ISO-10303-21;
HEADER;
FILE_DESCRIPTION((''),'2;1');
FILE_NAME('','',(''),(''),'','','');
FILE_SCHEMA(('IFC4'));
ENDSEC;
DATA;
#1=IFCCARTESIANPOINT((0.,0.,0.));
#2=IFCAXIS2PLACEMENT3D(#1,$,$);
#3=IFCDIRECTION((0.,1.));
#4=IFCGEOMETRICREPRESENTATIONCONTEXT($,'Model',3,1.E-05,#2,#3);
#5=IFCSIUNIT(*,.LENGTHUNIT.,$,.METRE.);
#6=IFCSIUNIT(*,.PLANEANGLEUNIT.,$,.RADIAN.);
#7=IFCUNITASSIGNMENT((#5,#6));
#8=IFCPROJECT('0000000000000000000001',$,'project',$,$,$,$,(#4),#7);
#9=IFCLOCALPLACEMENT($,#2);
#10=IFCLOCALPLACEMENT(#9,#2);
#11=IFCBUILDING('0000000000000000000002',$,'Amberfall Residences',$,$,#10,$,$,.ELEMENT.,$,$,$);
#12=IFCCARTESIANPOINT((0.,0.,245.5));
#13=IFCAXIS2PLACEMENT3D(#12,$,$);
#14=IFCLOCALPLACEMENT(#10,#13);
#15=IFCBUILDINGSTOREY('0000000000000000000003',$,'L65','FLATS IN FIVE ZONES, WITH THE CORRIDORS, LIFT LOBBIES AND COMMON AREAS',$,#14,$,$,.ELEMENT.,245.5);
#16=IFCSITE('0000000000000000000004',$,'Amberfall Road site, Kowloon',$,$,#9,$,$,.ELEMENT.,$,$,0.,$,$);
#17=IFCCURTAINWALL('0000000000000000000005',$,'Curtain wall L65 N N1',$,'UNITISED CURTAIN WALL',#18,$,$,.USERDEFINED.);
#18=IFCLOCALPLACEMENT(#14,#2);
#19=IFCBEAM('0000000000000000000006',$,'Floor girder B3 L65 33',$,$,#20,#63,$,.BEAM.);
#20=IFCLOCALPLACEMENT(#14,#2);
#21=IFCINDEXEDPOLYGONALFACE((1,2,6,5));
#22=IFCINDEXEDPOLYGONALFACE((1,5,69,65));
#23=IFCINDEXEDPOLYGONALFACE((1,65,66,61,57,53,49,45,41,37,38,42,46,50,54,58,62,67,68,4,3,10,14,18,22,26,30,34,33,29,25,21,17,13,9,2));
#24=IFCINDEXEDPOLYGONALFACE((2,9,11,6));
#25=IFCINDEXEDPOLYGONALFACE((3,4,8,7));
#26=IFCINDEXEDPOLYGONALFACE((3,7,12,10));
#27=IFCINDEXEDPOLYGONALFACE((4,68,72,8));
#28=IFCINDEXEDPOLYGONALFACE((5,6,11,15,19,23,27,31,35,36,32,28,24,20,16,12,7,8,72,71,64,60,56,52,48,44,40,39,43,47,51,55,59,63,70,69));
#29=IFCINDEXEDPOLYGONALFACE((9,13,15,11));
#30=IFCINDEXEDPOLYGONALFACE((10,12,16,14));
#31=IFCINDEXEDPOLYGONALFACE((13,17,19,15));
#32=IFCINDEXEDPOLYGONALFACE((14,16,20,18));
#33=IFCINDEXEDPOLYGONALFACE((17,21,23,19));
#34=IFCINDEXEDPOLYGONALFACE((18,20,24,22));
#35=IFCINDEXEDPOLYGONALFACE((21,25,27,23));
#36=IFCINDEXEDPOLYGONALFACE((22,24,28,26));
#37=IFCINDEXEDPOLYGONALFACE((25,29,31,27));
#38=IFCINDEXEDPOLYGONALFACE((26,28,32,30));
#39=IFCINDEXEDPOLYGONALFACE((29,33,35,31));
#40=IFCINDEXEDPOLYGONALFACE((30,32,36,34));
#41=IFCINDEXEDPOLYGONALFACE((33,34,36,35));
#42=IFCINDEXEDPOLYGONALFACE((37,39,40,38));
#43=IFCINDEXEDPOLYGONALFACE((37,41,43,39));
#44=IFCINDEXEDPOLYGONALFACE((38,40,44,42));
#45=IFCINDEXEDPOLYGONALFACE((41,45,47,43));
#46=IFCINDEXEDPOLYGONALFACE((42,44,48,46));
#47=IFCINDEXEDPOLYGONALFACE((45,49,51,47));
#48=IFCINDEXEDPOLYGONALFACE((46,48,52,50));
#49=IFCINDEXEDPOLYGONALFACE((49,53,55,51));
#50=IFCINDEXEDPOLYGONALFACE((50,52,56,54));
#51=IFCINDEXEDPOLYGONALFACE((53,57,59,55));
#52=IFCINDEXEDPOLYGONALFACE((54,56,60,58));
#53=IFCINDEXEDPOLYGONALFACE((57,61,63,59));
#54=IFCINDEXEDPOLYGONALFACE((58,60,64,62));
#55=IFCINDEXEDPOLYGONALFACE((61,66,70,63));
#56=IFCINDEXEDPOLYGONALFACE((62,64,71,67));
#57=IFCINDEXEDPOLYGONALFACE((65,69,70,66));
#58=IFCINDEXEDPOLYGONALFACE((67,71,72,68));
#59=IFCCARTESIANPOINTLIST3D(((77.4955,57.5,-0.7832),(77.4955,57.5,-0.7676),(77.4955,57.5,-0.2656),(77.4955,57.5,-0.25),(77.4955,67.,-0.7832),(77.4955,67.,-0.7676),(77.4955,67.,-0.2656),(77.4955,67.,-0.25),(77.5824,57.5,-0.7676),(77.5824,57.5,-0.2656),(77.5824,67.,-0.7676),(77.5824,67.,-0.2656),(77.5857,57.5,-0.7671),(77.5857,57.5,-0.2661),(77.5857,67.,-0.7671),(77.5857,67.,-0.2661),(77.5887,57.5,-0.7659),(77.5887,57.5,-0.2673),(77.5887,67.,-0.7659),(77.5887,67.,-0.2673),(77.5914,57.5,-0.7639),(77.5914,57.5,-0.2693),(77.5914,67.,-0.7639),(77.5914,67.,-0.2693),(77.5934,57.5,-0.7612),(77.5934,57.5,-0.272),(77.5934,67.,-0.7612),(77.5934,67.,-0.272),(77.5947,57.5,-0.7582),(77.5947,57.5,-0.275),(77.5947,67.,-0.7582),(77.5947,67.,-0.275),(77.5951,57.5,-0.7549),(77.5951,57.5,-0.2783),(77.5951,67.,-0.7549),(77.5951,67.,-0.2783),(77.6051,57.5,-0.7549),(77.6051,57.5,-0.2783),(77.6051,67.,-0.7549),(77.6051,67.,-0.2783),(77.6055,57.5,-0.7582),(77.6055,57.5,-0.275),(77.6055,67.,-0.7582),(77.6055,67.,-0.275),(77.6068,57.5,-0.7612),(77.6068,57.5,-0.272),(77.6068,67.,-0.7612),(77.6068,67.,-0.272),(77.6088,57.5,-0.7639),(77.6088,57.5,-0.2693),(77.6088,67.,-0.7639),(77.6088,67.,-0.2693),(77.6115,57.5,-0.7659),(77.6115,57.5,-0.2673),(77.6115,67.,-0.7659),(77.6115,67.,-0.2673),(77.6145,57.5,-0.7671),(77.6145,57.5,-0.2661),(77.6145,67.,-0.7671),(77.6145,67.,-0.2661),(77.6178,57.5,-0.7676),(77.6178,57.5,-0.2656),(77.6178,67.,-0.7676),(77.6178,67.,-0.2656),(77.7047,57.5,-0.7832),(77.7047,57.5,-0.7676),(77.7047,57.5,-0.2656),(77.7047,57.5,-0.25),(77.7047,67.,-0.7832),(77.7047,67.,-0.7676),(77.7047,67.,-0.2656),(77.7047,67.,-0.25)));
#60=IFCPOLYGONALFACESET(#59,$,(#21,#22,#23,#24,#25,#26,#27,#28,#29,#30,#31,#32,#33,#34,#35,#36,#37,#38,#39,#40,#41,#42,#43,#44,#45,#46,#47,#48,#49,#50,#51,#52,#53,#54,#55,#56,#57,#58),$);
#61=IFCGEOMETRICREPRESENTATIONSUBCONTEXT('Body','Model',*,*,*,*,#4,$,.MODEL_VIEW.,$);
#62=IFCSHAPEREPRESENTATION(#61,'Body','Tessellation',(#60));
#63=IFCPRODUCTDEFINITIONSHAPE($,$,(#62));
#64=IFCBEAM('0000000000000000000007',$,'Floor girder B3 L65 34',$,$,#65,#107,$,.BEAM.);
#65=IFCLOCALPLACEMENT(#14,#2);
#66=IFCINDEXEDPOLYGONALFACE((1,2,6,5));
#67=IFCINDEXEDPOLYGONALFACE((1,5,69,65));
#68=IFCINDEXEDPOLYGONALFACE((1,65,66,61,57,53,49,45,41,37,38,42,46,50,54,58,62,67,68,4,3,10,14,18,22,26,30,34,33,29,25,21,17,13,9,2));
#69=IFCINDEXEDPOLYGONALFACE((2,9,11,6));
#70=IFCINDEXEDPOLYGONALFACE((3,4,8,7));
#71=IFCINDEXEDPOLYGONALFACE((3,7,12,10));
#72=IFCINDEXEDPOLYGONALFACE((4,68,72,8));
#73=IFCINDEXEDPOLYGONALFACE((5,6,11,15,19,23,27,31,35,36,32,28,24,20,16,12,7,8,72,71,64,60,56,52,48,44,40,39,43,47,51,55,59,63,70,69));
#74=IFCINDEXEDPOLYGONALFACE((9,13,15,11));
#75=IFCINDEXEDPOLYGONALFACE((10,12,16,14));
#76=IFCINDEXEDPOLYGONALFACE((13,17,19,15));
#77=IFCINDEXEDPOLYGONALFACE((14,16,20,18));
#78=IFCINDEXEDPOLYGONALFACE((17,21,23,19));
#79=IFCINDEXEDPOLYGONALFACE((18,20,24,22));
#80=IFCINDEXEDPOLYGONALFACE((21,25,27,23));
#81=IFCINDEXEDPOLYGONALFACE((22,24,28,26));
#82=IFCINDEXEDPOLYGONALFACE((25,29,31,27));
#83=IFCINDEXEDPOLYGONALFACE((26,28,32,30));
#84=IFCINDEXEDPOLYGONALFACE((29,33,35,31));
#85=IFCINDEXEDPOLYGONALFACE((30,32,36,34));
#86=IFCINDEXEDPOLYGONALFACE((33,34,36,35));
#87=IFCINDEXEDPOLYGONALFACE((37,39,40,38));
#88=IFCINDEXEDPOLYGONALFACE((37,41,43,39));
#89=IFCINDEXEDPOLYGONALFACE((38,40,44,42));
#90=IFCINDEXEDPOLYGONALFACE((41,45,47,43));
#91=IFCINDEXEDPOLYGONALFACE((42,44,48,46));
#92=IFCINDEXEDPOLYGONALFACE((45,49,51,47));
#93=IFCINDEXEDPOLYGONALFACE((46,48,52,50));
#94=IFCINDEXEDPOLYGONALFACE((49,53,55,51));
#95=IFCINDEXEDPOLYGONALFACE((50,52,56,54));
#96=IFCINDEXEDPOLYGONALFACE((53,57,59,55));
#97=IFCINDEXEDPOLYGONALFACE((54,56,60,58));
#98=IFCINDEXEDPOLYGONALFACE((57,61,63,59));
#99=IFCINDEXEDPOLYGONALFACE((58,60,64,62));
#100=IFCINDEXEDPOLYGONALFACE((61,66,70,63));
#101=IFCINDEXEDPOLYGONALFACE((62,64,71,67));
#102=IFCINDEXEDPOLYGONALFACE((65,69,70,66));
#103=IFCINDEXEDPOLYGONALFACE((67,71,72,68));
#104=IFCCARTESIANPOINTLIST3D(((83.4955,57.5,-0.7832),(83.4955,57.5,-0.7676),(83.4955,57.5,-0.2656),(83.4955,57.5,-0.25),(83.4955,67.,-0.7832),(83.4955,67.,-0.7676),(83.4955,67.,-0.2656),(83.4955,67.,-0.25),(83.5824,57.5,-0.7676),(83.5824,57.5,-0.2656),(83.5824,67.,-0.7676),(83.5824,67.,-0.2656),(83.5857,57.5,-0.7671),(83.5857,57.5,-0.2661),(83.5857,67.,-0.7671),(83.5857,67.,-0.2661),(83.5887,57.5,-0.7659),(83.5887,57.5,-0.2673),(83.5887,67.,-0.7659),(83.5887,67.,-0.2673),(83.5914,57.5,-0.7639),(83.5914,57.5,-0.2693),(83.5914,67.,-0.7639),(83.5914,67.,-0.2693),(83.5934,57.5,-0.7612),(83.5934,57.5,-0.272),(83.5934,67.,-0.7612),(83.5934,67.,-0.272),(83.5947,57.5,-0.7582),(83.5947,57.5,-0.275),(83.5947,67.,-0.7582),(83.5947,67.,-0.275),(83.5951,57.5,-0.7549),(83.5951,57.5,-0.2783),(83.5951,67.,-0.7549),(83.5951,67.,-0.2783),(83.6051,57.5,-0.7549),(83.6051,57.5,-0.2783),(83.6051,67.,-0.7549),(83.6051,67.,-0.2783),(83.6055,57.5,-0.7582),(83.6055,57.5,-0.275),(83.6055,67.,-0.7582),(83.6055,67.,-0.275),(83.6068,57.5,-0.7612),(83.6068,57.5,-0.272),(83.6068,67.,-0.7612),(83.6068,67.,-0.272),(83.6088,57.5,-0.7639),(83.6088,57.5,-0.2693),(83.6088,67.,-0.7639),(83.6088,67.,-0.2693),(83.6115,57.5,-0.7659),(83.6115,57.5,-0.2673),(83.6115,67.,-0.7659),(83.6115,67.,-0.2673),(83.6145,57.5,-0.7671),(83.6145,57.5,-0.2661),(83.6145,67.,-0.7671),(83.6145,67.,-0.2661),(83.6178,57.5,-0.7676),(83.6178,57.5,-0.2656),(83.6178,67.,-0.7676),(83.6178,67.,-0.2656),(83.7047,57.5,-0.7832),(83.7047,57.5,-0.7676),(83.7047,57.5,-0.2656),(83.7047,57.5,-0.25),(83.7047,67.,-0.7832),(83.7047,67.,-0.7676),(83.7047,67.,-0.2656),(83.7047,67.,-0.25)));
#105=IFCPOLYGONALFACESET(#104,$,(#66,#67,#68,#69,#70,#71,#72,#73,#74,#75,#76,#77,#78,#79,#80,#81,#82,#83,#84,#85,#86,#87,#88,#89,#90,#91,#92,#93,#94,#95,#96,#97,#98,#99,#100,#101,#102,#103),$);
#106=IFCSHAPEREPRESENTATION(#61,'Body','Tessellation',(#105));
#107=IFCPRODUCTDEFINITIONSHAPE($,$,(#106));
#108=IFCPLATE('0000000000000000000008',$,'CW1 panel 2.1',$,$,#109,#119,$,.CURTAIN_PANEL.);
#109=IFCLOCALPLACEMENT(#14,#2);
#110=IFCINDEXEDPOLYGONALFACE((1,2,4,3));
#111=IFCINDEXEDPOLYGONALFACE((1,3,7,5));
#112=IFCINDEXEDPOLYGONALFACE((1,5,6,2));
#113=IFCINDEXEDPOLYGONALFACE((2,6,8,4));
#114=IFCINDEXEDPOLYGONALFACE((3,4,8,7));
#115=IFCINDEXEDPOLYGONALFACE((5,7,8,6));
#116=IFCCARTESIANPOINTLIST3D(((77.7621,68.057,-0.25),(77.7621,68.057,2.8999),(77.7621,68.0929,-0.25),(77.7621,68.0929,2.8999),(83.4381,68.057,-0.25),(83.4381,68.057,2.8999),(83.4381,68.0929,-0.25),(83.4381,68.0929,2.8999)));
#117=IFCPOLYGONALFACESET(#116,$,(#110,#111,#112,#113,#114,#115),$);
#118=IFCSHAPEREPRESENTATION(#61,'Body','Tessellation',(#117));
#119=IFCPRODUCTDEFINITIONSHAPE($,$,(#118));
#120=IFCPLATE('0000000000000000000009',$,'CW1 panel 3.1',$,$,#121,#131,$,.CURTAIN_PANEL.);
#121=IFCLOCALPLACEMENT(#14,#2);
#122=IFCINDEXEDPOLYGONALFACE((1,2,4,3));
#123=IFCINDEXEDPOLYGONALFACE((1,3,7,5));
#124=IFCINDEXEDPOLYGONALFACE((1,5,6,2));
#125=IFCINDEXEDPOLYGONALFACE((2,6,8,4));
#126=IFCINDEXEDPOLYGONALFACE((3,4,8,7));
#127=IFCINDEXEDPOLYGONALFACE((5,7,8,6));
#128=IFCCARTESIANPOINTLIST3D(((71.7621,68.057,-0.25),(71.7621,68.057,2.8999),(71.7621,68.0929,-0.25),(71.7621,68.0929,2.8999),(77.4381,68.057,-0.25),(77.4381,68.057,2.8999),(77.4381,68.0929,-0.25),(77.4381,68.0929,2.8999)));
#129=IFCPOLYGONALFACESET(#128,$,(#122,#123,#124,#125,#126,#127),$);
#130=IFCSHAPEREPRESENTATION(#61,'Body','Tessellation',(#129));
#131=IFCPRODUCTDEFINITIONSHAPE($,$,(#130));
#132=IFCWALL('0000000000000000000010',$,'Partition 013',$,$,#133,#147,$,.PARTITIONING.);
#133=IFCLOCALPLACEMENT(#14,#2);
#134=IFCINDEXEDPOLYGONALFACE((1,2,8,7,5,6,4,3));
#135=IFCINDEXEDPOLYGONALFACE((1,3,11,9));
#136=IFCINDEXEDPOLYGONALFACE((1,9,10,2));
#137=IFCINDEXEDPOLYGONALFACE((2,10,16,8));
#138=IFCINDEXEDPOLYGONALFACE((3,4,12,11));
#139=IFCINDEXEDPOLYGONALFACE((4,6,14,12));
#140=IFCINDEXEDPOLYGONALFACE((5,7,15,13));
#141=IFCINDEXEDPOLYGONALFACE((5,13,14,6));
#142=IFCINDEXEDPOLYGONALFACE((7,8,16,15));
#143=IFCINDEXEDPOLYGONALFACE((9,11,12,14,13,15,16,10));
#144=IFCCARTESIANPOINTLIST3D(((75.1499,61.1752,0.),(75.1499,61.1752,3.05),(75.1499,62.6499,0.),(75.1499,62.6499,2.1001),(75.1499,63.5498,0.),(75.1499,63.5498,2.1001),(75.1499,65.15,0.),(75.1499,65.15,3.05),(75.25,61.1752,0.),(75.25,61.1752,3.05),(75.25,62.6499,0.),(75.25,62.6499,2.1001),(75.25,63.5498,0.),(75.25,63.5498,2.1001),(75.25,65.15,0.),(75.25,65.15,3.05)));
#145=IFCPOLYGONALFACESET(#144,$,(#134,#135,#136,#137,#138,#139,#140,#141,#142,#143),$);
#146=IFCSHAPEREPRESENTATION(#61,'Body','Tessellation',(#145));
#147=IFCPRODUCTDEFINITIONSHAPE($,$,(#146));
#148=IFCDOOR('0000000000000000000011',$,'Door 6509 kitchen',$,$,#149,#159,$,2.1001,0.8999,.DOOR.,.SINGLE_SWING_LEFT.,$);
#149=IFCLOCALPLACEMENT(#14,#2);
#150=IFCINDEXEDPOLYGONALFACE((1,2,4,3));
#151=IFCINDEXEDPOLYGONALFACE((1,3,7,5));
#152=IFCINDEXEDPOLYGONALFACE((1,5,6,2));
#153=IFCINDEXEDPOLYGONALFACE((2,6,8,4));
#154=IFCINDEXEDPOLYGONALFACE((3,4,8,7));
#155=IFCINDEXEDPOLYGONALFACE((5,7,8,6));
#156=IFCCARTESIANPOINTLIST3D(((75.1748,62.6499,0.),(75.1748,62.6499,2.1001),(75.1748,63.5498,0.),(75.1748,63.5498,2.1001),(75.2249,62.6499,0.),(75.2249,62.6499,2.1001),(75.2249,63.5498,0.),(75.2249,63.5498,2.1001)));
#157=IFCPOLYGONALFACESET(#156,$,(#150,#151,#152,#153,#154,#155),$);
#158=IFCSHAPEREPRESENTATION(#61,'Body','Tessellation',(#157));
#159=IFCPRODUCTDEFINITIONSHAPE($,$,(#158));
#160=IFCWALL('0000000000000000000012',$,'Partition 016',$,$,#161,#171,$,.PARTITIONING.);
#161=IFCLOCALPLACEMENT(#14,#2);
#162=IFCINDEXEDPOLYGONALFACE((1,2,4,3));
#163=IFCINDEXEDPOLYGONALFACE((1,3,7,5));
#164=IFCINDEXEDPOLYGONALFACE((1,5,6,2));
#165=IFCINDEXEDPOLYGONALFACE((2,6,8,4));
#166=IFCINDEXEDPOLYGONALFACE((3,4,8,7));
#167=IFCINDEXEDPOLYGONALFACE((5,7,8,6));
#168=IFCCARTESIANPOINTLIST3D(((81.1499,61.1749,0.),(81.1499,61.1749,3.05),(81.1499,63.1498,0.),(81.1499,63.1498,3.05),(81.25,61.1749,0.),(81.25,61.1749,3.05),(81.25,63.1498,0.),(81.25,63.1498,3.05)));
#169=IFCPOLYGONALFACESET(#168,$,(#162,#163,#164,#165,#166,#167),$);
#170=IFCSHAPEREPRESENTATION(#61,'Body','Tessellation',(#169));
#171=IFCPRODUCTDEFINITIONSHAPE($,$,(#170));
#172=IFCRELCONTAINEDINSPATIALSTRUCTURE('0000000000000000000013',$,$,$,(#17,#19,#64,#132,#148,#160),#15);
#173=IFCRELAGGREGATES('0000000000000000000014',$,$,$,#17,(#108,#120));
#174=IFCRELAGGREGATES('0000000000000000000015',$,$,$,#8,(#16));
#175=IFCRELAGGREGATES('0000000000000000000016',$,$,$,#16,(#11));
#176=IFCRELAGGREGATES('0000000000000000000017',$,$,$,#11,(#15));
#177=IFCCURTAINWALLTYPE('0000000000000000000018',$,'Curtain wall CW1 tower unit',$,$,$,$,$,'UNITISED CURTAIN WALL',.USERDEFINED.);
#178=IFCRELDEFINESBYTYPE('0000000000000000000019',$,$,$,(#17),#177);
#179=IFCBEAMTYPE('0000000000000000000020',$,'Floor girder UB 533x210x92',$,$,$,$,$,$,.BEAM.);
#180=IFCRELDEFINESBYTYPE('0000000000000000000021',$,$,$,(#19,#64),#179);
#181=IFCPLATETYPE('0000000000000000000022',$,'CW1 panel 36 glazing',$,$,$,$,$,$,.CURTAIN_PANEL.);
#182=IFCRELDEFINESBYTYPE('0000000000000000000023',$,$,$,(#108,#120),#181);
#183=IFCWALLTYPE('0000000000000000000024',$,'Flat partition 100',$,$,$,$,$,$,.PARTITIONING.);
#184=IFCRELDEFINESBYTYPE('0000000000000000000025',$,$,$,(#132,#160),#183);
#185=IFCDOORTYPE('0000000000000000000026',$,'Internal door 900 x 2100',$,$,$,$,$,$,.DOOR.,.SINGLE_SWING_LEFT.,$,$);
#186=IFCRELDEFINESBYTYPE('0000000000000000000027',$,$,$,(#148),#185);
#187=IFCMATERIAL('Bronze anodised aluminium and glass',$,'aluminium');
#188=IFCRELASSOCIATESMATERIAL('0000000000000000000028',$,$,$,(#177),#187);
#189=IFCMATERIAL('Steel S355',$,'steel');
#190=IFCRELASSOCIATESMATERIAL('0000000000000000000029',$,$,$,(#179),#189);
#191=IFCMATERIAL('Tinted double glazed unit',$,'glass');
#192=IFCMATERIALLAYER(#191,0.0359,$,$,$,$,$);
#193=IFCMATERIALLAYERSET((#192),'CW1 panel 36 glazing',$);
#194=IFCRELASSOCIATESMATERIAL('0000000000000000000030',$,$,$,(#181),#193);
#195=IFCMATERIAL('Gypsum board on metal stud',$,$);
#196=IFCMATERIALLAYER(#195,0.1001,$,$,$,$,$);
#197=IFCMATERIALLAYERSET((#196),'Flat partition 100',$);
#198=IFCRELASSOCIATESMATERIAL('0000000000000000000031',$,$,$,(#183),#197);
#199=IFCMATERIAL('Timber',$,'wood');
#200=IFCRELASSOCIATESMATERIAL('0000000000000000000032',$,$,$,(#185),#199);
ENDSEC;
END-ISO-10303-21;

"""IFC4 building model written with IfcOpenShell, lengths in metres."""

from ifc_helpers import new_model, si_unit, direction, frame, frame_2d, origin, origin_2d, place, context, subcontext, project, spatial, rectangle, i_section, extrude, material, layer, layer_set, material_profile, profile_set, type_object, element, fill, aggregate, save


model = new_model("IFC4")

# Units and contexts
model_context = context("Model", 3, precision=1e-05, world=origin(), true_north=direction((0.0, 1.0)))
body_context = subcontext(model_context, "Body", "Model", "MODEL_VIEW")
ifc_project = project(units=[si_unit("LENGTHUNIT", "METRE"), si_unit("PLANEANGLEUNIT", "RADIAN")], contexts=[model_context])

# Site, building, storey
site_placement = place(None, origin())
site = spatial("IfcSite", under=ifc_project, at=site_placement, Name="Amberfall Road site, Kowloon", CompositionType="ELEMENT", RefElevation=0.0)
building_placement = place(site_placement, origin())
building = spatial("IfcBuilding", under=site, at=building_placement, Name="Amberfall Residences", CompositionType="ELEMENT")
storey_placement = place(building_placement, frame((0.0, 0.0, 245.5)))
storey = spatial("IfcBuildingStorey", under=building, at=storey_placement, Name="L65", Description="FLATS IN FIVE ZONES, WITH THE CORRIDORS, LIFT LOBBIES AND COMMON AREAS", CompositionType="ELEMENT", Elevation=245.5)

# Curtain wall
ifc_material_1 = material(Name="Bronze anodised aluminium and glass", Category="aluminium")
curtain_wall_type = type_object("IfcCurtainWallType", Name="Curtain wall CW1 tower unit", ElementType="UNITISED CURTAIN WALL", PredefinedType="USERDEFINED", material=ifc_material_1)
curtain_wall_placement = place(storey_placement, origin())
curtain_wall = element("IfcCurtainWall", 1, at=curtain_wall_placement, inside=storey, type_object=curtain_wall_type, Name="Curtain wall L65 N N1", ObjectType="UNITISED CURTAIN WALL", PredefinedType="USERDEFINED")

# Shared definitions
ifc_material_2 = material(Name="Steel S355", Category="steel")

# Beams
ifc_material_profile_1 = material_profile(ifc_material_2, i_section(OverallWidth=0.2092, OverallDepth=0.5332, WebThickness=0.01, FlangeThickness=0.0156, FilletRadius=0.0127, at=origin_2d()), Name="UB 533x210x92")
ifc_profile_set_1 = profile_set([ifc_material_profile_1], Name="Steel S355")
beam_type_1 = type_object("IfcBeamType", Name="Floor girder UB 533x210x92", PredefinedType="BEAM", material=ifc_profile_set_1)
for number, where, z_axis, x_axis, name in (
    (2, (77.6001, 67.0, -0.5166), (0.0, -1.0, 0.0), (1.0, 0.0, 0.0), "Floor girder B3 L65 33"),
    (3, (83.6001, 67.0, -0.5166), (0.0, -1.0, 0.0), (1.0, 0.0, 0.0), "Floor girder B3 L65 34"),
):
    element("IfcBeam", number, at=place(storey_placement, frame(where, z_axis=z_axis, x_axis=x_axis)), inside=storey, type_object=beam_type_1, Name=name, PredefinedType="BEAM", context=body_context, shape_type="SweptSolid", body=[
        extrude(i_section(OverallWidth=0.2092, OverallDepth=0.5332, WebThickness=0.01, FlangeThickness=0.0156, FilletRadius=0.0127, at=origin_2d()), origin(), (0.0, 0.0, 1.0), 9.5),
    ])

# Plates
ifc_material_3 = material(Name="Tinted double glazed unit", Category="glass")
ifc_layer_1 = layer(ifc_material_3, 0.0359)
ifc_layer_set_1 = layer_set([ifc_layer_1], Name="CW1 panel 36 glazing")
plate_type = type_object("IfcPlateType", Name="CW1 panel 36 glazing", PredefinedType="CURTAIN_PANEL", material=ifc_layer_set_1)
plate_1_placement = place(storey_placement, frame((80.6001, 68.075, -0.25), z_axis=(0.0, 0.0, 1.0), x_axis=(-1.0, 0.0, 0.0)))
plate_1 = element("IfcPlate", 4, at=plate_1_placement, type_object=plate_type, Name="CW1 panel 2.1", PredefinedType="CURTAIN_PANEL", context=body_context, shape_type="SweptSolid", body=[
    extrude(rectangle(XDim=5.676, YDim=0.0359, at=origin_2d()), origin(), (0.0, 0.0, 1.0), 3.1499),
])
plate_2_placement = place(storey_placement, frame((74.6001, 68.075, -0.25), z_axis=(0.0, 0.0, 1.0), x_axis=(-1.0, 0.0, 0.0)))
plate_2 = element("IfcPlate", 5, at=plate_2_placement, type_object=plate_type, Name="CW1 panel 3.1", PredefinedType="CURTAIN_PANEL", context=body_context, shape_type="SweptSolid", body=[
    extrude(rectangle(XDim=5.676, YDim=0.0359, at=origin_2d()), origin(), (0.0, 0.0, 1.0), 3.1499),
])
aggregate(curtain_wall, [plate_1, plate_2])

# Wall, opening, door
ifc_material_4 = material(Name="Gypsum board on metal stud")
ifc_layer_2 = layer(ifc_material_4, 0.1001)
ifc_layer_set_2 = layer_set([ifc_layer_2], Name="Flat partition 100")
wall_type_1 = type_object("IfcWallType", Name="Flat partition 100", PredefinedType="PARTITIONING", material=ifc_layer_set_2)
wall_1_placement = place(storey_placement, frame((75.2, 65.1499, 0.0), z_axis=(0.0, 0.0, 1.0), x_axis=(0.0, -1.0, 0.0)))
wall_1 = element("IfcWall", 6, at=wall_1_placement, inside=storey, type_object=wall_type_1, Name="Partition 013", PredefinedType="PARTITIONING", context=body_context, shape_type="SweptSolid", body=[
    extrude(rectangle(XDim=3.9749, YDim=0.1001, at=frame_2d((1.9873, 0.0))), origin(), (0.0, 0.0, 1.0), 3.05),
])
opening_1_placement = place(wall_1_placement, frame((1.6001, 0.0, 0.0)))
opening_1 = element("IfcOpeningElement", 7, at=opening_1_placement, cuts=wall_1, PredefinedType="OPENING", context=body_context, shape_type="SweptSolid", body=[
    extrude(rectangle(XDim=0.8999, YDim=2.1001, at=frame_2d((0.45, 1.05))), frame((0.0, 0.0601, 0.0), z_axis=(0.0, -1.0, 0.0), x_axis=(1.0, 0.0, 0.0)), (0.0, 0.0, 1.0), 0.1201),
])
ifc_material_5 = material(Name="Timber", Category="wood")
door_type_1 = type_object("IfcDoorType", Name="Internal door 900 x 2100", OperationType="SINGLE_SWING_LEFT", PredefinedType="DOOR", material=ifc_material_5)
door_1_placement = place(opening_1_placement, origin())
door_1 = element("IfcDoor", 8, at=door_1_placement, inside=storey, type_object=door_type_1, Name="Door 6509 kitchen", OperationType="SINGLE_SWING_LEFT", OverallHeight=2.1001, OverallWidth=0.8999, PredefinedType="DOOR", context=body_context, shape_type="SweptSolid", body=[
    extrude(rectangle(XDim=0.8999, YDim=2.1001, at=frame_2d((0.45, 1.05))), frame((0.0, 0.0249, 0.0), z_axis=(0.0, -1.0, 0.0), x_axis=(1.0, 0.0, 0.0)), (0.0, 0.0, 1.0), 0.05),
])
fill(opening_1, door_1)

# Wall
wall_2_placement = place(storey_placement, frame((81.2, 61.175, 0.0), z_axis=(0.0, 0.0, 1.0), x_axis=(0.0, 1.0, 0.0)))
element("IfcWall", 9, at=wall_2_placement, inside=storey, type_object=wall_type_1, Name="Partition 016", PredefinedType="PARTITIONING", context=body_context, shape_type="SweptSolid", body=[
    extrude(rectangle(XDim=1.9749, YDim=0.1001, at=frame_2d((0.9873, 0.0))), origin(), (0.0, 0.0, 1.0), 3.05),
])

save(model, "model.ifc")
